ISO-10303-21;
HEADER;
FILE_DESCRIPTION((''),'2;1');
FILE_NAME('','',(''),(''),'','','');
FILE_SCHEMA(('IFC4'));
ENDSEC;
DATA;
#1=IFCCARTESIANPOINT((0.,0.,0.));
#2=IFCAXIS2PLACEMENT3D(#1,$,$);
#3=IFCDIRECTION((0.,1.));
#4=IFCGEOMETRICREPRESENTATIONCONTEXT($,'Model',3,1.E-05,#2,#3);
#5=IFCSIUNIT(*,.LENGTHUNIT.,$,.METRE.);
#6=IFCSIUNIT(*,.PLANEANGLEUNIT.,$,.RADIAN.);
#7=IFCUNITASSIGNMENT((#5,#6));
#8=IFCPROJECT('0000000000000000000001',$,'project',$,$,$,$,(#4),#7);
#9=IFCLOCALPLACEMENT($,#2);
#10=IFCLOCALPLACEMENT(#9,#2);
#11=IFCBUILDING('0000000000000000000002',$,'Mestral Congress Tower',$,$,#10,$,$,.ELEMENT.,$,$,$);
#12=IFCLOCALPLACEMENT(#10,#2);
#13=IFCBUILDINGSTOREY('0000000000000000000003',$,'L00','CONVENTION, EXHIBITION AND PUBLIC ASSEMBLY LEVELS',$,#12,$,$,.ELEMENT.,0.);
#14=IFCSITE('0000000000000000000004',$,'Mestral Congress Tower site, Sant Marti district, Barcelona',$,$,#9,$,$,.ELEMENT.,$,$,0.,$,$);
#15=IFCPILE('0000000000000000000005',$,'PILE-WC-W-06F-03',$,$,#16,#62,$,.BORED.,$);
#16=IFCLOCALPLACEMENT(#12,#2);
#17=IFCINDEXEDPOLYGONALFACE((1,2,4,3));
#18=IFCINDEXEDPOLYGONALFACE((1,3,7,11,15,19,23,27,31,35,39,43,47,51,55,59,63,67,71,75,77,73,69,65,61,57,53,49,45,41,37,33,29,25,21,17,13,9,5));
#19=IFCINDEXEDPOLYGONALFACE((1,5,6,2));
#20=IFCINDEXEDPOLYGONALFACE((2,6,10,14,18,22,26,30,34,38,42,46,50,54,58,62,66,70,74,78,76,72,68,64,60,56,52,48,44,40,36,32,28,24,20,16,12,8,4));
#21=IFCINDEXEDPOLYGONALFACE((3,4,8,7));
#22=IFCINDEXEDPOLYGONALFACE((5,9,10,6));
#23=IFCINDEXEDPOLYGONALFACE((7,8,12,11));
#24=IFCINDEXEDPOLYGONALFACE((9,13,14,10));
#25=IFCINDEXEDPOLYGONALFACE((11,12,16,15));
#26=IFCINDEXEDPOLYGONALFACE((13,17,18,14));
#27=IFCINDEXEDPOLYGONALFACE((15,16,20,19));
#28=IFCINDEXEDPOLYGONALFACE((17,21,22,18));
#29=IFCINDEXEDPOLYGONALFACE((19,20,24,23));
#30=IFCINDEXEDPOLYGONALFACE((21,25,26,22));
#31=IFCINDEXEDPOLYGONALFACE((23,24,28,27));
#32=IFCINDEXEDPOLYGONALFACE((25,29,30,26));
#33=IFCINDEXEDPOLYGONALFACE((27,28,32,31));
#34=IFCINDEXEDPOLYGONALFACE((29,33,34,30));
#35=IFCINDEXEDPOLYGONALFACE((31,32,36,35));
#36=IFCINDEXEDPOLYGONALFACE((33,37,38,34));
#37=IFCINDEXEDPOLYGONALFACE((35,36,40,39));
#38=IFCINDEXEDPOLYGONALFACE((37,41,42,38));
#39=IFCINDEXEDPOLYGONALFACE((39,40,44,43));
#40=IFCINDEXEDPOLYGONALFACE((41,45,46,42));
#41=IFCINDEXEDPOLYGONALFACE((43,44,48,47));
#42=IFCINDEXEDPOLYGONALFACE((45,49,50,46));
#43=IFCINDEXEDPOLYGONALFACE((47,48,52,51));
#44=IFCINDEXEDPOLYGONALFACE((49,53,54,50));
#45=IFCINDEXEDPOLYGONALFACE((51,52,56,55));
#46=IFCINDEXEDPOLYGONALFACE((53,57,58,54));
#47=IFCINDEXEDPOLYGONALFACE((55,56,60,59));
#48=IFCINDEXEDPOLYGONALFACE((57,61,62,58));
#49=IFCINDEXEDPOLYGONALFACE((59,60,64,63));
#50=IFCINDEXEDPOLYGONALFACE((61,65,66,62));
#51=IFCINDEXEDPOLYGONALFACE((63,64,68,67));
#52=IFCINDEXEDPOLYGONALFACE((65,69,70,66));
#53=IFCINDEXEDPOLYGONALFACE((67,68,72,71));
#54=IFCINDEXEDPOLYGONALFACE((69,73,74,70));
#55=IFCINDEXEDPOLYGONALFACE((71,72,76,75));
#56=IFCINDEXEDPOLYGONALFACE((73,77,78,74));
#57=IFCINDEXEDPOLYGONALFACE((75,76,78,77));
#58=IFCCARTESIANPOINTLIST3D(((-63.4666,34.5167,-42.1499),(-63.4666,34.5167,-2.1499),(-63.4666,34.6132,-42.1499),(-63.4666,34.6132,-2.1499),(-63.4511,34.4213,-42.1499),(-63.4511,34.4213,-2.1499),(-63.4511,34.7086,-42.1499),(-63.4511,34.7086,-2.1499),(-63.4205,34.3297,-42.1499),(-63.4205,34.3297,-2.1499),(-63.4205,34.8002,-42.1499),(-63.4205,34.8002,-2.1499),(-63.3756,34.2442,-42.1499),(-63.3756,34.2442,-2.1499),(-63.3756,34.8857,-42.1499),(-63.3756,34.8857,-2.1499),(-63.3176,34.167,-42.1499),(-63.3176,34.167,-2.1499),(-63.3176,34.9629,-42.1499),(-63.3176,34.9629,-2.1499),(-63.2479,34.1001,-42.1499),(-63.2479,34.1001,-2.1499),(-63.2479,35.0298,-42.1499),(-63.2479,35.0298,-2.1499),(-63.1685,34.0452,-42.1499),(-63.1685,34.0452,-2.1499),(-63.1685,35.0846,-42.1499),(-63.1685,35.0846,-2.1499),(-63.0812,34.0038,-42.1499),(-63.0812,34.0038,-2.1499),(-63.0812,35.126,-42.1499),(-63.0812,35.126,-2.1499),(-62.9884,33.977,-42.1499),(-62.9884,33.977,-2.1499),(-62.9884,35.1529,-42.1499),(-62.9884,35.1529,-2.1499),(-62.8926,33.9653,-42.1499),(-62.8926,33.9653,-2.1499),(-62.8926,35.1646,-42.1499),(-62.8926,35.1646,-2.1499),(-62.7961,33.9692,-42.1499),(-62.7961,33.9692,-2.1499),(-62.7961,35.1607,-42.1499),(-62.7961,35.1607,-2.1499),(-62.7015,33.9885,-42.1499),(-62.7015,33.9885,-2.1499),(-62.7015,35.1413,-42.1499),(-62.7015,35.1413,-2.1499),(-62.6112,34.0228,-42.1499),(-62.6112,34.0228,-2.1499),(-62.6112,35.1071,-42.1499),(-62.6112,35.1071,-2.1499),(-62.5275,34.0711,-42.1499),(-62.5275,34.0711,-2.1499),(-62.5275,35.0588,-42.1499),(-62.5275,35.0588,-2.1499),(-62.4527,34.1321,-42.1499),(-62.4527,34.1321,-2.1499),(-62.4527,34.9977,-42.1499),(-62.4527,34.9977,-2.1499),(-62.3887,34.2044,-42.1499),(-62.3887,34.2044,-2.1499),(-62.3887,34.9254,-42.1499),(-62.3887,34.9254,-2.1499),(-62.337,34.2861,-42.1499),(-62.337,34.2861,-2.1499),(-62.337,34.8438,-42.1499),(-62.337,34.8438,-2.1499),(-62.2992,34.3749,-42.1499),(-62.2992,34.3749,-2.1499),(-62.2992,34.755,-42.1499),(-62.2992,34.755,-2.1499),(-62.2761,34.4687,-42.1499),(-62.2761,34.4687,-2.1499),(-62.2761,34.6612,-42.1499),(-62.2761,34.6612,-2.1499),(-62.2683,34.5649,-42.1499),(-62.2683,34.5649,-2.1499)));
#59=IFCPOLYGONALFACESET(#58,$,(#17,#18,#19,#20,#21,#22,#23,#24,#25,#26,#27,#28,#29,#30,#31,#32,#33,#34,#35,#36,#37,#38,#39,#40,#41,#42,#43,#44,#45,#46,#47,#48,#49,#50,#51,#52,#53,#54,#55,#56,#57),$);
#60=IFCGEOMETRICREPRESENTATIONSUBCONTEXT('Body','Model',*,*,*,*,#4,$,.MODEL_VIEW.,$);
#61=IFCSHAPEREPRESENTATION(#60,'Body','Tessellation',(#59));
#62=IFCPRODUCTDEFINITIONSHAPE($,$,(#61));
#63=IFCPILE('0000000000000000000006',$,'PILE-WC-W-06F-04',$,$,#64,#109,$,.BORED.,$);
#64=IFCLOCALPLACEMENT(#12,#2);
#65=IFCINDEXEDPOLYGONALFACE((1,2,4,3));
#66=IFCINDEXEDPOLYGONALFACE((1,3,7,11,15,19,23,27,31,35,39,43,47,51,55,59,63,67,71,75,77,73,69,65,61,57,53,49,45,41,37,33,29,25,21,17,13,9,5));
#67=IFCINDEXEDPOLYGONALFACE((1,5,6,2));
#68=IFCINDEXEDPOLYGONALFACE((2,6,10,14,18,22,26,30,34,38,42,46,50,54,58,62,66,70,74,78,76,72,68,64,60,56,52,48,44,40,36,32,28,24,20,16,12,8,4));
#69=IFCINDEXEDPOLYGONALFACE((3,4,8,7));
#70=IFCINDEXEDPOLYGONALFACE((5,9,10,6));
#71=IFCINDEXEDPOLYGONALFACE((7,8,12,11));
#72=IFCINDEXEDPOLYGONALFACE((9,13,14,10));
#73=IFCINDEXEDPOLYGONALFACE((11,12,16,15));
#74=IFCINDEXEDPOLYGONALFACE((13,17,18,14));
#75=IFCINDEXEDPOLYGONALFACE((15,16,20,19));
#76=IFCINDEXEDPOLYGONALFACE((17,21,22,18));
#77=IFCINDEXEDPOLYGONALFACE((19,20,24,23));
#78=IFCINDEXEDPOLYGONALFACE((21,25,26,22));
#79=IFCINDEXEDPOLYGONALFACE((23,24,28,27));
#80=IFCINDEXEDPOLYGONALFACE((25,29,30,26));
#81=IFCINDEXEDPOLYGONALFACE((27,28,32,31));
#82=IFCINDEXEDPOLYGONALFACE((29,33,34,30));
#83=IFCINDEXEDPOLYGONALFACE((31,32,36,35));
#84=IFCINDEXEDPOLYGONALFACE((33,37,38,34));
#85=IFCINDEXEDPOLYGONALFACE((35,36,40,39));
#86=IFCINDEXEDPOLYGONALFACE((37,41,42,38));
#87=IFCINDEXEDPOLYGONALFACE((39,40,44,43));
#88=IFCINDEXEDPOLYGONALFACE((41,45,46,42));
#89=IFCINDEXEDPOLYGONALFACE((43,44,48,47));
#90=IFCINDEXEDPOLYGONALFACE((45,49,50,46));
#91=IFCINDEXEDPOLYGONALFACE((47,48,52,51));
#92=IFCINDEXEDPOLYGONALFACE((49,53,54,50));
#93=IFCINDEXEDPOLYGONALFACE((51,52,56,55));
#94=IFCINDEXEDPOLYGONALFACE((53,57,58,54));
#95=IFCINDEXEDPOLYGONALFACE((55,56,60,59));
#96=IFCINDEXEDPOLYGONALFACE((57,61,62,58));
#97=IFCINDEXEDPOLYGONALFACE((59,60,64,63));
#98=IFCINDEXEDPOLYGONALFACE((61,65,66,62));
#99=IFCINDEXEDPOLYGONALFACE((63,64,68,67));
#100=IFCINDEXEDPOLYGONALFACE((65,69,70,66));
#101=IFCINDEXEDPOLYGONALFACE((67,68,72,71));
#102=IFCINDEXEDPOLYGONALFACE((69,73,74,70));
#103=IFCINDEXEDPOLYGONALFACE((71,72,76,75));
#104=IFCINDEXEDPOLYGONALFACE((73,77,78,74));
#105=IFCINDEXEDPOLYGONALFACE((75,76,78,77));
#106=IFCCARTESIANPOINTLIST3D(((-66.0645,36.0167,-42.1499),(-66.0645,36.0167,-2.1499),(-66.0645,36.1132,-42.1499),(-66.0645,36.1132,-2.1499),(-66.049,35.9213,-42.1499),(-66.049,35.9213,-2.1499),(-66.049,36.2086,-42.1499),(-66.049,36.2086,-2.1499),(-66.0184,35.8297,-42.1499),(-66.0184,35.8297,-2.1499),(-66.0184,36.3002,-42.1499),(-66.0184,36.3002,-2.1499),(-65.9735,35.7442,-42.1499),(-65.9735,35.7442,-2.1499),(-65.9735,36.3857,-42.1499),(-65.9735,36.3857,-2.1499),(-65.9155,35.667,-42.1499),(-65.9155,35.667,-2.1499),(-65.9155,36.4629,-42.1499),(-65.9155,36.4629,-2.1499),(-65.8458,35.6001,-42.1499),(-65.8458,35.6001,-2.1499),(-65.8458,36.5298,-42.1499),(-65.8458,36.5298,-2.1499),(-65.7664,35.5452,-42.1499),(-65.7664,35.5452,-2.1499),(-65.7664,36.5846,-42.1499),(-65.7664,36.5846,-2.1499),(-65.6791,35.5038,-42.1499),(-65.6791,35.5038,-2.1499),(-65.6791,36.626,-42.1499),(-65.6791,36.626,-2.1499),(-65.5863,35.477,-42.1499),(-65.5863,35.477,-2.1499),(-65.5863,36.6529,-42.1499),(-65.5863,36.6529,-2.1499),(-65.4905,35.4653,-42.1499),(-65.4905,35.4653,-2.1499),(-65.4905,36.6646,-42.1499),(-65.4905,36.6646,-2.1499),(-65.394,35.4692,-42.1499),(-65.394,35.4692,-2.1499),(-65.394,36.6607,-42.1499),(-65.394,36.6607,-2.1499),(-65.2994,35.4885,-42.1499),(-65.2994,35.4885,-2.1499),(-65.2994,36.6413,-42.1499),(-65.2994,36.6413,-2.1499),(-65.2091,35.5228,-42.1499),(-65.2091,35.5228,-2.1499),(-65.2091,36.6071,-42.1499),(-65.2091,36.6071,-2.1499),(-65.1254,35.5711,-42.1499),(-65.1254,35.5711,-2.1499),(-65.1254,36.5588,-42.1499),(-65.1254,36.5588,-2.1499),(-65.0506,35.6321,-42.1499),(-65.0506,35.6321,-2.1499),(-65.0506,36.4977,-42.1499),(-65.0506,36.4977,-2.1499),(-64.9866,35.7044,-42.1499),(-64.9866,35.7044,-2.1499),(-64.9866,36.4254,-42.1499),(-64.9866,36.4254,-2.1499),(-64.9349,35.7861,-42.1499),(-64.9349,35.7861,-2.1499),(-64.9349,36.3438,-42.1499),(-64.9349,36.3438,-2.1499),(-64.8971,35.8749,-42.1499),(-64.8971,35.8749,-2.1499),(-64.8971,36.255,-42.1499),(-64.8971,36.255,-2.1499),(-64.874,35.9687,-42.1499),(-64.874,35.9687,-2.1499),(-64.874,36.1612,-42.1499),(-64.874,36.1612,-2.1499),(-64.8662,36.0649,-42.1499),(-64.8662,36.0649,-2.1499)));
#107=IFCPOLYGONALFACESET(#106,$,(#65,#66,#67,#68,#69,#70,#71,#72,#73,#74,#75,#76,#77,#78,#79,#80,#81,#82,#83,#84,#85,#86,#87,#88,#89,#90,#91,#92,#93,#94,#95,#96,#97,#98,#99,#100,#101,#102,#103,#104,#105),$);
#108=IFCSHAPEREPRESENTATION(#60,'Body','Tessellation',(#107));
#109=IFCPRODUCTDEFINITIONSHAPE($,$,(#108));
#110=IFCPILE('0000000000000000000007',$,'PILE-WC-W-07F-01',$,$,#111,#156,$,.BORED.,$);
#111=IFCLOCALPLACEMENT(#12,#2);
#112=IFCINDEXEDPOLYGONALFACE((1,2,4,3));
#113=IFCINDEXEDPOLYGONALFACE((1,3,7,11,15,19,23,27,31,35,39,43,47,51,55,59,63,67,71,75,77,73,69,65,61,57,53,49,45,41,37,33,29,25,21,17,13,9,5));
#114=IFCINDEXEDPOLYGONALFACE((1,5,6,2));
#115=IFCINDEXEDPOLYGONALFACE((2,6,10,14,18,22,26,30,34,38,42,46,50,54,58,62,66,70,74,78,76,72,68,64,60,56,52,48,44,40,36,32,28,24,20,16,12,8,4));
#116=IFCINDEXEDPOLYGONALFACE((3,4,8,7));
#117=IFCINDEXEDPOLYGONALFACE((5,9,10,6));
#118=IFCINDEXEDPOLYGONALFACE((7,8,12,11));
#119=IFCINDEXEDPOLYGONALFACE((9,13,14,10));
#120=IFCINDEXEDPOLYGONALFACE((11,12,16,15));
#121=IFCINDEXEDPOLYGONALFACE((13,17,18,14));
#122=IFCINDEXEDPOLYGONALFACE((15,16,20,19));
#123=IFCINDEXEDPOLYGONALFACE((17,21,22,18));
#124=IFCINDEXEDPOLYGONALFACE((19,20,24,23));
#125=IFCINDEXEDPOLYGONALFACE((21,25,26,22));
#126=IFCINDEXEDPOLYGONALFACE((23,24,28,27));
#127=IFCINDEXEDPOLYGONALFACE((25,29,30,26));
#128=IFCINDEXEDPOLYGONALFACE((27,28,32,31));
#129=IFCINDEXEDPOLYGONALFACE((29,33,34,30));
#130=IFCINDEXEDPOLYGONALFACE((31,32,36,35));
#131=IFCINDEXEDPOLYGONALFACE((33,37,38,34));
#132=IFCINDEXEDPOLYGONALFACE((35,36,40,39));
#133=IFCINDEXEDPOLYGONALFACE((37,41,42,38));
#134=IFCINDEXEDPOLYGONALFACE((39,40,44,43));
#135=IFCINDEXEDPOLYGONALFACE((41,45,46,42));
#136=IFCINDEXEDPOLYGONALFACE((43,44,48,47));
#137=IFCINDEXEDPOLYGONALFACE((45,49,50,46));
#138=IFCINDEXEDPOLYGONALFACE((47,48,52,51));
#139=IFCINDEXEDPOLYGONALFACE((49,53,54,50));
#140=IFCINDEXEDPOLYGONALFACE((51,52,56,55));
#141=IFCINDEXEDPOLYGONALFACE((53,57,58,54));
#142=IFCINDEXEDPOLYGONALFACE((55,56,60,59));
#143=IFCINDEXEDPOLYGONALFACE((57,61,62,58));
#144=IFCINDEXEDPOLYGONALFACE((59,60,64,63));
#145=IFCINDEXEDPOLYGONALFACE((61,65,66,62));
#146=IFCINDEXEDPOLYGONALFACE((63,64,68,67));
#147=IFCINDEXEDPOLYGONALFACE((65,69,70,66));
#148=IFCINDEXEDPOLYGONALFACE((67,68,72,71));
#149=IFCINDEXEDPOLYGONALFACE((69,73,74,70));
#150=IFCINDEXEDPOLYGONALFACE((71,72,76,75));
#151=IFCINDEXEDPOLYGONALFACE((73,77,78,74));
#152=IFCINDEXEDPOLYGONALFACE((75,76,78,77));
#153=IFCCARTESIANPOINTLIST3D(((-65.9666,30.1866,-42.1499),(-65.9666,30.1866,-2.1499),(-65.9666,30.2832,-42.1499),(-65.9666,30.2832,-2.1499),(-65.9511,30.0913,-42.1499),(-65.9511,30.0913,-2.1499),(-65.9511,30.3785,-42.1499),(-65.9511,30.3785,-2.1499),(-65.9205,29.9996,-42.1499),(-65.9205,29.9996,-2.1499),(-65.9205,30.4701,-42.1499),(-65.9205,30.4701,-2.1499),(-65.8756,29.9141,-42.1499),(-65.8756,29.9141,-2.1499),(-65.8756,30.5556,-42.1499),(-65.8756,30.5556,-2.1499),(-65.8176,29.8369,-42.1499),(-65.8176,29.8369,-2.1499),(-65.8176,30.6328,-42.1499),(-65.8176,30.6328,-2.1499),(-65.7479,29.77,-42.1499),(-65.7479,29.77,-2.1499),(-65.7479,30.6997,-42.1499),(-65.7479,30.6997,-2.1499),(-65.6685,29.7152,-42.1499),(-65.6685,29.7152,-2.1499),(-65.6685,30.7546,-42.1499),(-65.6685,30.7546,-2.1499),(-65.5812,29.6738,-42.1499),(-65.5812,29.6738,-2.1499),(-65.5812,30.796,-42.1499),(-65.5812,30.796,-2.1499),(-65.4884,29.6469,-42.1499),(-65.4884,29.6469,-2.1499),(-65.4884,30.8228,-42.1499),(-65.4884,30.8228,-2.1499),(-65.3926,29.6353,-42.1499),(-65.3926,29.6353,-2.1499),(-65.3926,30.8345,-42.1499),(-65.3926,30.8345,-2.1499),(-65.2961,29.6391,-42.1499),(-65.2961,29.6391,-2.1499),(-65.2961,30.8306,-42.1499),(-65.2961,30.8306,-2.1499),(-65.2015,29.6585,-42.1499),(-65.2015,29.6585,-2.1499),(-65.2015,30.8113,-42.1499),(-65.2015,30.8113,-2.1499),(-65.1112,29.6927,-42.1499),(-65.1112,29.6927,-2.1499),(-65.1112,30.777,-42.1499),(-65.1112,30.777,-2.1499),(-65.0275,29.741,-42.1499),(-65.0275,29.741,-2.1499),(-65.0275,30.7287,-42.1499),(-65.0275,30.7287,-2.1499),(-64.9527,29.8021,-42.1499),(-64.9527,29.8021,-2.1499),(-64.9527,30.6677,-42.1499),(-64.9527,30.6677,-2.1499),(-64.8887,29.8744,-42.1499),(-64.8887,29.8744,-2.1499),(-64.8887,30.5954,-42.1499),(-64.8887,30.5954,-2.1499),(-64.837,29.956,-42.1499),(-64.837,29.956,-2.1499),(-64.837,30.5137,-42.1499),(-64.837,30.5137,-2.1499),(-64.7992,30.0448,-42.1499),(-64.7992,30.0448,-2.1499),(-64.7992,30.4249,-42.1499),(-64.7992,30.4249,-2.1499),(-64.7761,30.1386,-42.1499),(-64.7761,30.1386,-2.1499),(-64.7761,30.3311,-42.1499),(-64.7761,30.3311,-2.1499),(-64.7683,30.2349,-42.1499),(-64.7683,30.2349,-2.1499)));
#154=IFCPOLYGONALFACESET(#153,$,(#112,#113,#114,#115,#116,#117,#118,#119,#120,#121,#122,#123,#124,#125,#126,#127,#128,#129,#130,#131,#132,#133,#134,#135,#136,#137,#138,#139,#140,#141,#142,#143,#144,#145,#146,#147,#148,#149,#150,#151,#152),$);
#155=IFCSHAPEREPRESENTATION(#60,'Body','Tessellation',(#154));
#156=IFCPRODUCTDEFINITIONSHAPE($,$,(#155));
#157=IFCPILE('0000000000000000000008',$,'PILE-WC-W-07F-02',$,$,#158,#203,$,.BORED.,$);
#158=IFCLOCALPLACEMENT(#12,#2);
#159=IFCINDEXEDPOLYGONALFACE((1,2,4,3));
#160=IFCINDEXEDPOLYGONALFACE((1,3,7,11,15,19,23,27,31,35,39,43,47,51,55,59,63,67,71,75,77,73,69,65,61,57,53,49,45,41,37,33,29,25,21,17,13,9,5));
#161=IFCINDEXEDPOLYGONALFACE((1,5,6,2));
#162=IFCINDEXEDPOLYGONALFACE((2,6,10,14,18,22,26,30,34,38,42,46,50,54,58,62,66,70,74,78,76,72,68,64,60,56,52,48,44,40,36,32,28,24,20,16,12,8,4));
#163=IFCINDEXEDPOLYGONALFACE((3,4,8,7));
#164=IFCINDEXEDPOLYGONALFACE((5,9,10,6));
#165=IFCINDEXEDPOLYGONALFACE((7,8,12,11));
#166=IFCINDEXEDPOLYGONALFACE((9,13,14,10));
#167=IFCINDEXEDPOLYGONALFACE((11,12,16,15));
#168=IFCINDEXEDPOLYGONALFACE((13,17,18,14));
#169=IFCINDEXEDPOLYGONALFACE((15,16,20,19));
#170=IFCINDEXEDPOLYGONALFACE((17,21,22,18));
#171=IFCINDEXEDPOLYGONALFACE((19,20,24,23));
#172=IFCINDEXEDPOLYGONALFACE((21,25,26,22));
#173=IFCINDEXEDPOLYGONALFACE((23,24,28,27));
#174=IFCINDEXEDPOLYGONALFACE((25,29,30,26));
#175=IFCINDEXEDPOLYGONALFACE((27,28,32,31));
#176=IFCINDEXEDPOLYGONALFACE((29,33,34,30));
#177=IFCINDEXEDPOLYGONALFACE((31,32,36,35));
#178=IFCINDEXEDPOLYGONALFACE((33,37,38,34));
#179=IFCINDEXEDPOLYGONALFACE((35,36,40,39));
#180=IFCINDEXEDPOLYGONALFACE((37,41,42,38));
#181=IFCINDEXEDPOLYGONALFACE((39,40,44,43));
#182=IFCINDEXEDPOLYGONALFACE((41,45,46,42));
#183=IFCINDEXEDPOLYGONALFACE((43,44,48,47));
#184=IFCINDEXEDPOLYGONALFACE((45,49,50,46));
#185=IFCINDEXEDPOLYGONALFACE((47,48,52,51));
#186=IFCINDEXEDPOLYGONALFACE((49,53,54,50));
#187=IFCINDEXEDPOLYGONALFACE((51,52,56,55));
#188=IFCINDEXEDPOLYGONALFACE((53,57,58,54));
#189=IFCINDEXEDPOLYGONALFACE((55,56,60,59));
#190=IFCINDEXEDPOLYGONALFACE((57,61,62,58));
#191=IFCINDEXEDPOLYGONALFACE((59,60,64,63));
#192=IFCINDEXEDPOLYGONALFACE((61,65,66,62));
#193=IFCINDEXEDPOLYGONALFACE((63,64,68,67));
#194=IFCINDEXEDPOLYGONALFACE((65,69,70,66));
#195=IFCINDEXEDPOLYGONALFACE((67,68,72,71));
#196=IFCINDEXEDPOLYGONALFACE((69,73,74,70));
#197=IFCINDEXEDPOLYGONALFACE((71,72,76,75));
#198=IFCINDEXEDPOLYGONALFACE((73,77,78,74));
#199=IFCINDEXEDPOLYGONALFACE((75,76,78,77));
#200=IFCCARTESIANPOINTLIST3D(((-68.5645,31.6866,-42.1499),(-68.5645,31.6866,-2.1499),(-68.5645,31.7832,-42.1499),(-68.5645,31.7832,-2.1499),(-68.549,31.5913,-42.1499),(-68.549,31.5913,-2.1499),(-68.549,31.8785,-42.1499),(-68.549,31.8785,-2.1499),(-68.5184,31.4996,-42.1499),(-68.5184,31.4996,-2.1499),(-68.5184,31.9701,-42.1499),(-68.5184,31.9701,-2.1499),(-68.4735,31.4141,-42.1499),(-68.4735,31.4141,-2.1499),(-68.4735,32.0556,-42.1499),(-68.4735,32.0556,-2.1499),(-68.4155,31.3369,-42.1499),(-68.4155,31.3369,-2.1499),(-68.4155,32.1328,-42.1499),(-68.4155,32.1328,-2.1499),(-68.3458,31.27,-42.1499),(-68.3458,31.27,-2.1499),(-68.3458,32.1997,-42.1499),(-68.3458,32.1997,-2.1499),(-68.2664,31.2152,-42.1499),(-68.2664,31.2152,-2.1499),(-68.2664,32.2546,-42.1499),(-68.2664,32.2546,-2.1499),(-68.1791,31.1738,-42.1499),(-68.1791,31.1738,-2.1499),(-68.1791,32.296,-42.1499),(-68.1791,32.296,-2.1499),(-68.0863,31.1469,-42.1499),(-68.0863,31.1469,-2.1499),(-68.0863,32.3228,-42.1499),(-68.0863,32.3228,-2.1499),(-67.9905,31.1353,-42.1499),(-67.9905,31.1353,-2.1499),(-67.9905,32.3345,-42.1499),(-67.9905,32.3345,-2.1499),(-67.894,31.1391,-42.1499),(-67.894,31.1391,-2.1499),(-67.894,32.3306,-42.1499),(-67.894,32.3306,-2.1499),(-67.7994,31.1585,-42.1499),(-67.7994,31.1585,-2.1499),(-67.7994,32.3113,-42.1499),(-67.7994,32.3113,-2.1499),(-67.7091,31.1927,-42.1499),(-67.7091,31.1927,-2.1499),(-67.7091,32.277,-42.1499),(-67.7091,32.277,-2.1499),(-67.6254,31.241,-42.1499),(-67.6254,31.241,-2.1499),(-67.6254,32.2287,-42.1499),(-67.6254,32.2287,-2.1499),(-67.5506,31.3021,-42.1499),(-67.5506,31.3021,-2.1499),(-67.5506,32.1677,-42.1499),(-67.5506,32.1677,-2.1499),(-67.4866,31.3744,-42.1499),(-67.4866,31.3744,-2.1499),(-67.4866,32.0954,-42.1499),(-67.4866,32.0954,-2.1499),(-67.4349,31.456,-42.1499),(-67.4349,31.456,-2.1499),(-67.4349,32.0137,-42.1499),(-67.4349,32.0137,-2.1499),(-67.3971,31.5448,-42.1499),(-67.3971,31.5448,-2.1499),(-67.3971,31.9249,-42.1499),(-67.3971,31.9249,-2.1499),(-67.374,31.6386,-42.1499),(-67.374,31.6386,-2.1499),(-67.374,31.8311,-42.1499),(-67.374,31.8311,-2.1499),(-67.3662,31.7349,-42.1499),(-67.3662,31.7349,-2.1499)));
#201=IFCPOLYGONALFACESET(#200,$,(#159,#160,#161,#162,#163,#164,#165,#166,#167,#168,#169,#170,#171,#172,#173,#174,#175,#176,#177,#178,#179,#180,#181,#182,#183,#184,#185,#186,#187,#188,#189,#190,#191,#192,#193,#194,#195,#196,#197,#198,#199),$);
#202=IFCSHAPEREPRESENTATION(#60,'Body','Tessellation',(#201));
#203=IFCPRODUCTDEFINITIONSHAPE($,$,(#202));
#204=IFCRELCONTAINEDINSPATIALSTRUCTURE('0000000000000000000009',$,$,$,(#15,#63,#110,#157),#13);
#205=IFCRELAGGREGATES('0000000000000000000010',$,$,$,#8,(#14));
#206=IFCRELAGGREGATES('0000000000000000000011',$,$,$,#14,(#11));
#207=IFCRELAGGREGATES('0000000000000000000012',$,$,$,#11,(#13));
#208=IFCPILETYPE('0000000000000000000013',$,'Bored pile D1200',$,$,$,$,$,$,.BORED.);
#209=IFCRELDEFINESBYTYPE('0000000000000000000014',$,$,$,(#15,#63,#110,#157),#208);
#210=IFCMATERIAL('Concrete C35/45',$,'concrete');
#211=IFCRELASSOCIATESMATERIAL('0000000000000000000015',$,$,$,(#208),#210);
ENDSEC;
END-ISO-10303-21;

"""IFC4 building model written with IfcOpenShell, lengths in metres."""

from ifc_helpers import new_model, si_unit, direction, frame, origin, origin_2d, place, context, subcontext, project, spatial, circle, extrude, material, material_profile, profile_set, type_object, element, save


model = new_model("IFC4")

# Units and contexts
model_context = context("Model", 3, precision=1e-05, world=origin(), true_north=direction((0.0, 1.0)))
body_context = subcontext(model_context, "Body", "Model", "MODEL_VIEW")
ifc_project = project(units=[si_unit("LENGTHUNIT", "METRE"), si_unit("PLANEANGLEUNIT", "RADIAN")], contexts=[model_context])

# Site, building, storey
site_placement = place(None, origin())
site = spatial("IfcSite", under=ifc_project, at=site_placement, Name="Mestral Congress Tower site, Sant Marti district, Barcelona", CompositionType="ELEMENT", RefElevation=0.0)
building_placement = place(site_placement, origin())
building = spatial("IfcBuilding", under=site, at=building_placement, Name="Mestral Congress Tower", CompositionType="ELEMENT")
storey_placement = place(building_placement, origin())
storey = spatial("IfcBuildingStorey", under=building, at=storey_placement, Name="L00", Description="CONVENTION, EXHIBITION AND PUBLIC ASSEMBLY LEVELS", CompositionType="ELEMENT", Elevation=0.0)

# Piles
ifc_material_1 = material(Name="Concrete C35/45", Category="concrete")
ifc_material_profile_1 = material_profile(ifc_material_1, circle(Radius=0.6001, at=origin_2d()), Name="D1200")
ifc_profile_set_1 = profile_set([ifc_material_profile_1], Name="Concrete C35/45")
pile_type = type_object("IfcPileType", Name="Bored pile D1200", PredefinedType="BORED", material=ifc_profile_set_1)
for number, where, z_axis, x_axis, name in (
    (1, (-62.8684, 34.5649, -2.1499), (0.0, 0.0, -1.0), (1.0, 0.0, 0.0), "PILE-WC-W-06F-03"),
    (2, (-65.4663, 36.0649, -2.1499), (0.0, 0.0, -1.0), (1.0, 0.0, 0.0), "PILE-WC-W-06F-04"),
    (3, (-65.3684, 30.2349, -2.1499), (0.0, 0.0, -1.0), (1.0, 0.0, 0.0), "PILE-WC-W-07F-01"),
    (4, (-67.9663, 31.7349, -2.1499), (0.0, 0.0, -1.0), (1.0, 0.0, 0.0), "PILE-WC-W-07F-02"),
):
    element("IfcPile", number, at=place(storey_placement, frame(where, z_axis=z_axis, x_axis=x_axis)), inside=storey, type_object=pile_type, Name=name, PredefinedType="BORED", context=body_context, shape_type="SweptSolid", body=[
        extrude(circle(Radius=0.6001, at=origin_2d()), origin(), (0.0, 0.0, 1.0), 40.0),
    ])

save(model, "model.ifc")
